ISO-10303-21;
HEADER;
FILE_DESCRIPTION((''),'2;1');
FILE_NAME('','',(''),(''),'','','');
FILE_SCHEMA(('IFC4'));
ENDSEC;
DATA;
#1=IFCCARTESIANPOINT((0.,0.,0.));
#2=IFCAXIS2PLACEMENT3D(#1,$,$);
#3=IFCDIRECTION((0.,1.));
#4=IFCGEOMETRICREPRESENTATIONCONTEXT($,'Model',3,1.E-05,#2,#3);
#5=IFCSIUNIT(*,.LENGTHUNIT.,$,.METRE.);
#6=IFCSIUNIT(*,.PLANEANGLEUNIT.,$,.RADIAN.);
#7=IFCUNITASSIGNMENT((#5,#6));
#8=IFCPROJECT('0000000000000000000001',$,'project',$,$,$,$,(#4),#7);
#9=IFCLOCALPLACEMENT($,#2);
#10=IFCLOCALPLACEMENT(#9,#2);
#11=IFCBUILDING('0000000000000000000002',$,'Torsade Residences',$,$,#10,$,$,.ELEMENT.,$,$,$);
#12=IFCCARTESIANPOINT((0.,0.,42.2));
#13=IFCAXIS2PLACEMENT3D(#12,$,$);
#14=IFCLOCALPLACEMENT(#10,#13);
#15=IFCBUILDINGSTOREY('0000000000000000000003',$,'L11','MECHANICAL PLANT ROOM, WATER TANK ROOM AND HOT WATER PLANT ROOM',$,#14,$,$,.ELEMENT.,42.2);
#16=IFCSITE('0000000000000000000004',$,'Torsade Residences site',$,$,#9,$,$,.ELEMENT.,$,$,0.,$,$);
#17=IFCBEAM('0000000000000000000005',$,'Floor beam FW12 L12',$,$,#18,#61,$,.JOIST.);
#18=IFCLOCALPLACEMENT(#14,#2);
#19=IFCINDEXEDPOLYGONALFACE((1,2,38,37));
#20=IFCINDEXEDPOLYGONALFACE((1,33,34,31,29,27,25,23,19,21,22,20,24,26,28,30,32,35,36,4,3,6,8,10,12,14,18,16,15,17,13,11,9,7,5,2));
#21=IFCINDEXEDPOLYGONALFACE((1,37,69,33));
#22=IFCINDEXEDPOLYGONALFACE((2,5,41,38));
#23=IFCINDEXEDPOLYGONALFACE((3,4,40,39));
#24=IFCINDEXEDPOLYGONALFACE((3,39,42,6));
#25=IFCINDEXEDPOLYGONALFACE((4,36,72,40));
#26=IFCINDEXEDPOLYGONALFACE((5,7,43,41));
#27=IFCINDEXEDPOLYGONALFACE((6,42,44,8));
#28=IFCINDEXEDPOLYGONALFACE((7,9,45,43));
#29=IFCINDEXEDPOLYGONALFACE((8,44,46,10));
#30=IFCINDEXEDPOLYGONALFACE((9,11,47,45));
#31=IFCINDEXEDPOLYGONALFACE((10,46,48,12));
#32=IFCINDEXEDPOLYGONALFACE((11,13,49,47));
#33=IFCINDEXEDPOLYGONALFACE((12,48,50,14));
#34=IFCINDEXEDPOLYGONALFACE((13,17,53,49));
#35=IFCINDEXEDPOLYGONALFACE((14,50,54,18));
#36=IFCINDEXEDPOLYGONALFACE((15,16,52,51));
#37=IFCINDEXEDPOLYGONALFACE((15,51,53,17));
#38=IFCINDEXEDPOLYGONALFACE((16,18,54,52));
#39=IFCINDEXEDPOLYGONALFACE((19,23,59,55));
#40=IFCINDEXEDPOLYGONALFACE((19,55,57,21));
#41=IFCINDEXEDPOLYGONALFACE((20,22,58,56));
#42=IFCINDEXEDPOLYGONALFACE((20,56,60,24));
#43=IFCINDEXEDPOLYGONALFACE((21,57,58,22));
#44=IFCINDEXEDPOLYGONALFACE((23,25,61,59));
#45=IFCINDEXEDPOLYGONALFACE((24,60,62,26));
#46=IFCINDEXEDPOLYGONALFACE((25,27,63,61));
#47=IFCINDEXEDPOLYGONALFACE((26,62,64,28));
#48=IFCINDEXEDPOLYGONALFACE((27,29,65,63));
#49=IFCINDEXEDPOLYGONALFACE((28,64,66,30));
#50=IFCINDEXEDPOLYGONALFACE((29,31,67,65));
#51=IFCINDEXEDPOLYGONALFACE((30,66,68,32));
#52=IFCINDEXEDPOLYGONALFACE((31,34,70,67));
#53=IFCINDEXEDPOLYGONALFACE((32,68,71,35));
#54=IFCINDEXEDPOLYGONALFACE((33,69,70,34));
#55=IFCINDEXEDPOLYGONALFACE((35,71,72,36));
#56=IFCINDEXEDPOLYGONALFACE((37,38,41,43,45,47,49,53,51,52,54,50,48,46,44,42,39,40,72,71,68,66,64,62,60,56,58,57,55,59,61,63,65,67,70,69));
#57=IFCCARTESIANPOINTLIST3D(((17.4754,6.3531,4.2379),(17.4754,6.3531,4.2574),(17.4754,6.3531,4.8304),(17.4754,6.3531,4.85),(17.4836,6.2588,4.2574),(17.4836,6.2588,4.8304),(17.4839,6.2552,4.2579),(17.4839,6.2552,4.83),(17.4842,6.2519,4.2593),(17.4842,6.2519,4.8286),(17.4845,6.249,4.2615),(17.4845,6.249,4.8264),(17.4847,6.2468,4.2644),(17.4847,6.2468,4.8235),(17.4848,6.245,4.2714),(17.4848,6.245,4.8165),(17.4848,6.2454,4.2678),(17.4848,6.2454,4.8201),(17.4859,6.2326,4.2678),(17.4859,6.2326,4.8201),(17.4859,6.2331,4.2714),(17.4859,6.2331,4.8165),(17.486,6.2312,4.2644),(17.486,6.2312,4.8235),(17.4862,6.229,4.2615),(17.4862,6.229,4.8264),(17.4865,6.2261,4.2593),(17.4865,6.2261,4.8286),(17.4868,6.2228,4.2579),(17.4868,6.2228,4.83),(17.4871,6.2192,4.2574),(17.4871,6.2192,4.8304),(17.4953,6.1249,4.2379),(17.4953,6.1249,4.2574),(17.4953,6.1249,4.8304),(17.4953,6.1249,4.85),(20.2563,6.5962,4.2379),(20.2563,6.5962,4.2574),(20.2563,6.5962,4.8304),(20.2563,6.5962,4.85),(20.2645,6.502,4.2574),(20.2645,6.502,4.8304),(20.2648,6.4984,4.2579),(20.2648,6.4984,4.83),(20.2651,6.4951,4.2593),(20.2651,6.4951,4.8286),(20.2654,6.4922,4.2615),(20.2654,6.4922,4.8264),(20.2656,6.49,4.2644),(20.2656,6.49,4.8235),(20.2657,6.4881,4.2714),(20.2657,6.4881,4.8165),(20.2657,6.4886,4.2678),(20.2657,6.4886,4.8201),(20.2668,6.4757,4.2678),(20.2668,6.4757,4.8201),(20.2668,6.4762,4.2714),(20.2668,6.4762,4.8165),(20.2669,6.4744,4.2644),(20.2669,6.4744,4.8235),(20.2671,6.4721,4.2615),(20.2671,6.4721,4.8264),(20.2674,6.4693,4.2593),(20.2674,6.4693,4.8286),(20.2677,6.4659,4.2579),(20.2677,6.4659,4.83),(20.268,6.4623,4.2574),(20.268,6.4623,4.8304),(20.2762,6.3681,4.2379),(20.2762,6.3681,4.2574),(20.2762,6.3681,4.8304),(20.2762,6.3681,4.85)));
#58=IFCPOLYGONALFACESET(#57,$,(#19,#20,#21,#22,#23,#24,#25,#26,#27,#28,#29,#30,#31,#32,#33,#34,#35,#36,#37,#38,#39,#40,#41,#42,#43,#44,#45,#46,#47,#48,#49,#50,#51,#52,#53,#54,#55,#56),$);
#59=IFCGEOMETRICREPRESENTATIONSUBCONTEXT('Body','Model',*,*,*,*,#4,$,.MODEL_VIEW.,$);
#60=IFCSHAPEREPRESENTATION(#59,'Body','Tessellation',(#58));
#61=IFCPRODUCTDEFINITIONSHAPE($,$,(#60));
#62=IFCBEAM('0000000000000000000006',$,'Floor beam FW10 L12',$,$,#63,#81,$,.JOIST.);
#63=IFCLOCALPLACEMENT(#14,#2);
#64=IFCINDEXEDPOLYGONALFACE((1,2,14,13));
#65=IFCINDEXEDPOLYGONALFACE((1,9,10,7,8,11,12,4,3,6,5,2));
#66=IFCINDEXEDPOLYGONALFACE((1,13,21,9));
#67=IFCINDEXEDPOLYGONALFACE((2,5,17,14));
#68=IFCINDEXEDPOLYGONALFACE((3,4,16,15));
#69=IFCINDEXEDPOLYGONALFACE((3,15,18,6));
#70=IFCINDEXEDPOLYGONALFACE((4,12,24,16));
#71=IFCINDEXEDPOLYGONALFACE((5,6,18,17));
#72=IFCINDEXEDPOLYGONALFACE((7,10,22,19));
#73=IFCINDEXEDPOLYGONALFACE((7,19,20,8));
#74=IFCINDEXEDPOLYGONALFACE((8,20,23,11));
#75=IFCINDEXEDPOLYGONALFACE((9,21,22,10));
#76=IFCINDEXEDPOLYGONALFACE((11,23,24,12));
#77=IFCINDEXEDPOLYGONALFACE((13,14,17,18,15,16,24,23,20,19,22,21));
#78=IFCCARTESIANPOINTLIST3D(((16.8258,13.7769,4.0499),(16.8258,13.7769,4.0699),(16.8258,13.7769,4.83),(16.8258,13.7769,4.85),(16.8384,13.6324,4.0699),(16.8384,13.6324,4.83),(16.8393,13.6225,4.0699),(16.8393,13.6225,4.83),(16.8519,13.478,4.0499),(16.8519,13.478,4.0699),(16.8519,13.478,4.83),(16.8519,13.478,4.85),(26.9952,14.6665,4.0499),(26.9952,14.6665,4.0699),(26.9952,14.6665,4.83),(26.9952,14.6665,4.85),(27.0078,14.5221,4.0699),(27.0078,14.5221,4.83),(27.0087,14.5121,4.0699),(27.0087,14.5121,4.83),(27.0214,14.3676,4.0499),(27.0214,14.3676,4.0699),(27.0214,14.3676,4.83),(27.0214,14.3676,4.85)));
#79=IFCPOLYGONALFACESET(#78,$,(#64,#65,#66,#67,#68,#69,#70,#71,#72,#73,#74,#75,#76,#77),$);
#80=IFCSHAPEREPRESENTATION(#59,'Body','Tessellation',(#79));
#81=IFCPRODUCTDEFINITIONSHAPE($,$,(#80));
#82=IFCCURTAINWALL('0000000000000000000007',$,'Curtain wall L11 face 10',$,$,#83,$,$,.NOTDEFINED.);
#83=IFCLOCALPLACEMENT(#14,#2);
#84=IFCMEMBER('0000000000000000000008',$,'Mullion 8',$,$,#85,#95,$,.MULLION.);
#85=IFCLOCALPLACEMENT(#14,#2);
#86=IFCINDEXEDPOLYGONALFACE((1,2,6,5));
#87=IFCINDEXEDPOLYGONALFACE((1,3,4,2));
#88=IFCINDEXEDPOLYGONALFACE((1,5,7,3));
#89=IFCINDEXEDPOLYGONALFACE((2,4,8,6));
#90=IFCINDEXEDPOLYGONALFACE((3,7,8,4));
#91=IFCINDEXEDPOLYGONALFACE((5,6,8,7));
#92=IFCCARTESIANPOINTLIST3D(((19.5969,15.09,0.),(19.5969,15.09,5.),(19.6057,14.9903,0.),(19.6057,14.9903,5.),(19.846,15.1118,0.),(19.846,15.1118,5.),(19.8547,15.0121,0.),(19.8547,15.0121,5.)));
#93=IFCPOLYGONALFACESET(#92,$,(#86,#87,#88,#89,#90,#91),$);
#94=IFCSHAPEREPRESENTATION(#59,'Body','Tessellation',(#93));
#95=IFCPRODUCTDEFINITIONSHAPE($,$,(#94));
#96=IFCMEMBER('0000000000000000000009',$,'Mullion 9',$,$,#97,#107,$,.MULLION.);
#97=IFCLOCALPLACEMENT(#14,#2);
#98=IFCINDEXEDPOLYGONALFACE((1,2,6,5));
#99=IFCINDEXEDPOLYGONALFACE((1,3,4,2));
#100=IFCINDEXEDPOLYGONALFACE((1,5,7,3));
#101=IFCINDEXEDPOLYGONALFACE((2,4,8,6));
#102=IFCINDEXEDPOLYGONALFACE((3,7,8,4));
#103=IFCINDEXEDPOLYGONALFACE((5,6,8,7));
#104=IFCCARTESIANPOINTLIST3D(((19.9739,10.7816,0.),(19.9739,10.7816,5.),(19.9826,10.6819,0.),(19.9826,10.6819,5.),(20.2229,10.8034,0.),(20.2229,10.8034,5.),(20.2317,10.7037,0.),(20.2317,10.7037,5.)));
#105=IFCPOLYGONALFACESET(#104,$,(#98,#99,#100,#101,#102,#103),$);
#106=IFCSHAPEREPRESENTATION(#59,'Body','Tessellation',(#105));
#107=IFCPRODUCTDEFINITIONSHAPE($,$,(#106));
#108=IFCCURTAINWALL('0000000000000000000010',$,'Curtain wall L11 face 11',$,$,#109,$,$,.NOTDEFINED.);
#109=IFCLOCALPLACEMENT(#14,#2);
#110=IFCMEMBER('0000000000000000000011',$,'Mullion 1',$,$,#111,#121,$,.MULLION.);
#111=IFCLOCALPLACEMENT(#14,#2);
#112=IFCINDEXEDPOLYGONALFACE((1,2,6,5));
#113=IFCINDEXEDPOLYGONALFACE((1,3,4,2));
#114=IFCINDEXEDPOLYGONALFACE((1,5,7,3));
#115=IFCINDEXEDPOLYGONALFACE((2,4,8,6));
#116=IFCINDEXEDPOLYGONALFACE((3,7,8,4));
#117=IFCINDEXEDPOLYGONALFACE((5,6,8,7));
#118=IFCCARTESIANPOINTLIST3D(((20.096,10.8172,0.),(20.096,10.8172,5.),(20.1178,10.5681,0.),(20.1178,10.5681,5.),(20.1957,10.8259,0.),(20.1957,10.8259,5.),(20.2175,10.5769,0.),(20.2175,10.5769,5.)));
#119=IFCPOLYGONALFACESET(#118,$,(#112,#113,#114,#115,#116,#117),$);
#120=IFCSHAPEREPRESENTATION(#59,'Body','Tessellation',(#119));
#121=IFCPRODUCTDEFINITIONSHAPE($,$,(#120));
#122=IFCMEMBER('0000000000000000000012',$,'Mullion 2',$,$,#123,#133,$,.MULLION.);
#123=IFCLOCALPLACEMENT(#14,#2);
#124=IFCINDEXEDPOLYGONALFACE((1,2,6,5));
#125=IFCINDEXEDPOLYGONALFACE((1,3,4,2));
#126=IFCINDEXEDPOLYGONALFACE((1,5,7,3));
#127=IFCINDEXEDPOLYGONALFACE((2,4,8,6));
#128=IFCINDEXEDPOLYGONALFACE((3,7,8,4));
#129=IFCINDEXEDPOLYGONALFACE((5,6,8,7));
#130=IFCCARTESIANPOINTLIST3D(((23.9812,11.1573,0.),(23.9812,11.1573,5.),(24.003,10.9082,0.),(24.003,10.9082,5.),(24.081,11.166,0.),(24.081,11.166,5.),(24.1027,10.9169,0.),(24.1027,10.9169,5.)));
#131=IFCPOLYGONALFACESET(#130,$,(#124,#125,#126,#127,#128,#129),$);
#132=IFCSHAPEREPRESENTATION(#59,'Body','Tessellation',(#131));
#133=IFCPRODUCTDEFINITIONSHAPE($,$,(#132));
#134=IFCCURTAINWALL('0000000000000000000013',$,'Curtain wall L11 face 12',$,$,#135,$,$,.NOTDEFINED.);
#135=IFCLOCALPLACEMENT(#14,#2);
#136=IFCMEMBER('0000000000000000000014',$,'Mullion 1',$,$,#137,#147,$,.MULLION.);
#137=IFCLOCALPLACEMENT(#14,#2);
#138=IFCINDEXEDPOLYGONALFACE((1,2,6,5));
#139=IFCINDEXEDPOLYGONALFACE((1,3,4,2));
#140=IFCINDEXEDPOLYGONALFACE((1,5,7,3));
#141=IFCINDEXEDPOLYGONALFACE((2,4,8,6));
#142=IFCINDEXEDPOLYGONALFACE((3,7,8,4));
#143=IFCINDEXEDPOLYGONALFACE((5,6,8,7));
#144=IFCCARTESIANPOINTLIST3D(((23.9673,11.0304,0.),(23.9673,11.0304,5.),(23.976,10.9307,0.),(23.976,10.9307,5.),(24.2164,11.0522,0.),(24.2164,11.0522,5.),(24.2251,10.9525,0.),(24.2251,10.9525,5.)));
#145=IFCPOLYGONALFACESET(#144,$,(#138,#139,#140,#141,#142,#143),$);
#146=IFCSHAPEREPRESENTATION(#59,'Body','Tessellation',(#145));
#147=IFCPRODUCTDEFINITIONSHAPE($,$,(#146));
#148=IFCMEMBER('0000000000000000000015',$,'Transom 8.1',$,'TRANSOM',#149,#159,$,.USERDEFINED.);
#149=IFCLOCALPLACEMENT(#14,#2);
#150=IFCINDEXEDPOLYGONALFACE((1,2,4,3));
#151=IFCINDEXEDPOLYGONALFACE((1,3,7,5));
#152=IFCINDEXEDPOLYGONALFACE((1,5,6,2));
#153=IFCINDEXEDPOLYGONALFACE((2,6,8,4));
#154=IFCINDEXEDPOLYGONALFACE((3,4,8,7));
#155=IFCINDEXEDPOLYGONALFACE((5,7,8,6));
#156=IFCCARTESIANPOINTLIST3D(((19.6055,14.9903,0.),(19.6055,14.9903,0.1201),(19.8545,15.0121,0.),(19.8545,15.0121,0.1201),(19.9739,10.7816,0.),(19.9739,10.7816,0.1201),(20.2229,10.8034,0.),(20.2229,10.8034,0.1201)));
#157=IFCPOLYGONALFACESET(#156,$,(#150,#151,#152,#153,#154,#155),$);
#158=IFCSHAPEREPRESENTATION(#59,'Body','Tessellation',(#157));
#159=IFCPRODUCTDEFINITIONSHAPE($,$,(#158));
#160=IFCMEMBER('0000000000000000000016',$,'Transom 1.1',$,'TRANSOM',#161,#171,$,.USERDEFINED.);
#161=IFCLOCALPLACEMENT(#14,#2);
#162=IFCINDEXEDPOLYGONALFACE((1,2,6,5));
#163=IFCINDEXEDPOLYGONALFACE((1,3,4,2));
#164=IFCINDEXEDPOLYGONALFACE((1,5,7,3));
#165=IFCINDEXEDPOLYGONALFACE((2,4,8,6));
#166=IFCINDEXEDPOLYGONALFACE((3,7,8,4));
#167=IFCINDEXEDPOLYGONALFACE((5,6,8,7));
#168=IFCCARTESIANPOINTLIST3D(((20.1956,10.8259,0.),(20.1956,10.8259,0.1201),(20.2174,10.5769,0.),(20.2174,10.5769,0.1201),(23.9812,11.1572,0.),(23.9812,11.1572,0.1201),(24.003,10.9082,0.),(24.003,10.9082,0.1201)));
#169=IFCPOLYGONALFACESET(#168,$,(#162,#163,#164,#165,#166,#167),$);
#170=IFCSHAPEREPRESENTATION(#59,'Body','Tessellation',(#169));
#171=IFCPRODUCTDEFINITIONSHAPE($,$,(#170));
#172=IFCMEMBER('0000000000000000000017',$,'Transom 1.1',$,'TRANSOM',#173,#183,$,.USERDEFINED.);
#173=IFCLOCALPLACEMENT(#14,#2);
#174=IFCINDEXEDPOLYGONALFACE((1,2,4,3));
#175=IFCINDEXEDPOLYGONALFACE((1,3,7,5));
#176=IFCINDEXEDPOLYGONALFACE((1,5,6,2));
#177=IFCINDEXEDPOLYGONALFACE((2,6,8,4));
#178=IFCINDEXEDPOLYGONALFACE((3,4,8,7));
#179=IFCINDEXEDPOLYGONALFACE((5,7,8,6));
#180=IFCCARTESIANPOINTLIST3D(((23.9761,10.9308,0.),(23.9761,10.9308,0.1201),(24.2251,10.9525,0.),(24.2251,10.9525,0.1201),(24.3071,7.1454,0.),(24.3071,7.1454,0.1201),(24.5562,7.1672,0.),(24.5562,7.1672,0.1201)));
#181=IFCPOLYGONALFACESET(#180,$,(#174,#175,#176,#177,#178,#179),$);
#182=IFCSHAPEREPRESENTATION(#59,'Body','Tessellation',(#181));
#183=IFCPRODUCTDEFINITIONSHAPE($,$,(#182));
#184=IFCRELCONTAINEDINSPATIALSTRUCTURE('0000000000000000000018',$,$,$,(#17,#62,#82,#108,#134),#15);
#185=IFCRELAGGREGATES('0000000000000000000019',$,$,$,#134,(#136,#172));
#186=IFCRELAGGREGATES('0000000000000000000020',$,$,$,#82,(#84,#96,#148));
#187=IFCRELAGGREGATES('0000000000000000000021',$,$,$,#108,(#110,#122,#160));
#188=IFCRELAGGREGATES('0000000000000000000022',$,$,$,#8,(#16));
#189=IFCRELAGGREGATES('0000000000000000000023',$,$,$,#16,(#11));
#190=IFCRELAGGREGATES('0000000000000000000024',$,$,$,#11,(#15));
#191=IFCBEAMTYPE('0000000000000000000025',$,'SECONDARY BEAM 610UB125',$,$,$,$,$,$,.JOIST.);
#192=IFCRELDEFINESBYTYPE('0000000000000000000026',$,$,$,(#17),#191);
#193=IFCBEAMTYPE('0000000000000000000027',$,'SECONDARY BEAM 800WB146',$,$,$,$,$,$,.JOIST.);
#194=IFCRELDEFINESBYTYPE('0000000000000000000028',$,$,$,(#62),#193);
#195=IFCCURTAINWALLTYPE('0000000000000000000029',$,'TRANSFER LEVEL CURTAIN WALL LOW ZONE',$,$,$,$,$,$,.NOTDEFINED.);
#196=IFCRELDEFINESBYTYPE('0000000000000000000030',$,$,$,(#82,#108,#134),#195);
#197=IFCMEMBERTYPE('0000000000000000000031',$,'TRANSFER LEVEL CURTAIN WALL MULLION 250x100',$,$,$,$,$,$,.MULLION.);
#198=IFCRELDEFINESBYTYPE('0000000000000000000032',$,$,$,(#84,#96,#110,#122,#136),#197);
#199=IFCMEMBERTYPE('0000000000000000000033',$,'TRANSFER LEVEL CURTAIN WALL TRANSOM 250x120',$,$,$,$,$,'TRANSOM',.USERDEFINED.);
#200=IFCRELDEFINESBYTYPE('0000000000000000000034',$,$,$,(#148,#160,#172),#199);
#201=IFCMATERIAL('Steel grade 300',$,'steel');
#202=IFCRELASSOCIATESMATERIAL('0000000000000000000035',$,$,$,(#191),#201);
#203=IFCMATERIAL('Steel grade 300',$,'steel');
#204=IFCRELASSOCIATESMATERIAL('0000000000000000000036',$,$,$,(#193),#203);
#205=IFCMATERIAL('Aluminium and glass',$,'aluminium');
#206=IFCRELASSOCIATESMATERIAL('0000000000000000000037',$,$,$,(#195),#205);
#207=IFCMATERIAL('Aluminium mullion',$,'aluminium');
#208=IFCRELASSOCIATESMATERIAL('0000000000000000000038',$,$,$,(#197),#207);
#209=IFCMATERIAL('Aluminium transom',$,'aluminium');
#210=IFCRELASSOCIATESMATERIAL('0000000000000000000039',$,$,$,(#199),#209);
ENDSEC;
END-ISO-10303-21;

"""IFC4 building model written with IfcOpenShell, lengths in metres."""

from ifc_helpers import new_model, si_unit, direction, frame, origin, origin_2d, place, context, subcontext, project, spatial, rectangle, i_section, extrude, material, material_profile, profile_set, type_object, element, aggregate, save


model = new_model("IFC4")

# Units and contexts
model_context = context("Model", 3, precision=1e-05, world=origin(), true_north=direction((0.0, 1.0)))
body_context = subcontext(model_context, "Body", "Model", "MODEL_VIEW")
ifc_project = project(units=[si_unit("LENGTHUNIT", "METRE"), si_unit("PLANEANGLEUNIT", "RADIAN")], contexts=[model_context])

# Site, building, storey
site_placement = place(None, origin())
site = spatial("IfcSite", under=ifc_project, at=site_placement, Name="Torsade Residences site", CompositionType="ELEMENT", RefElevation=0.0)
building_placement = place(site_placement, origin())
building = spatial("IfcBuilding", under=site, at=building_placement, Name="Torsade Residences", CompositionType="ELEMENT")
storey_placement = place(building_placement, frame((0.0, 0.0, 42.2)))
storey = spatial("IfcBuildingStorey", under=building, at=storey_placement, Name="L11", Description="MECHANICAL PLANT ROOM, WATER TANK ROOM AND HOT WATER PLANT ROOM", CompositionType="ELEMENT", Elevation=42.2)

# Beams
ifc_material_1 = material(Name="Steel grade 300", Category="steel")
ifc_material_profile_1 = material_profile(ifc_material_1, i_section(OverallWidth=0.229, OverallDepth=0.6121, WebThickness=0.012, FlangeThickness=0.0195, FilletRadius=0.0139, at=origin_2d()), Name="610UB125")
ifc_profile_set_1 = profile_set([ifc_material_profile_1], Name="Steel grade 300")
beam_type_1 = type_object("IfcBeamType", Name="SECONDARY BEAM 610UB125", PredefinedType="JOIST", material=ifc_profile_set_1)
beam_1_placement = place(storey_placement, frame((17.4854, 6.239, 4.5439), z_axis=(0.996199, 0.087105, 0.0), x_axis=(-0.087105, 0.996199, 0.0)))
element("IfcBeam", 1, at=beam_1_placement, inside=storey, type_object=beam_type_1, Name="Floor beam FW12 L12", PredefinedType="JOIST", context=body_context, shape_type="SweptSolid", body=[
    extrude(i_section(OverallWidth=0.229, OverallDepth=0.6121, WebThickness=0.012, FlangeThickness=0.0195, FilletRadius=0.0139, at=origin_2d()), origin(), (0.0, 0.0, 1.0), 2.7915),
])
ifc_material_2 = material(Name="Steel grade 300", Category="steel")
ifc_material_profile_2 = material_profile(ifc_material_2, i_section(OverallWidth=0.3, OverallDepth=0.8, WebThickness=0.01, FlangeThickness=0.02, at=origin_2d()), Name="800WB146")
ifc_profile_set_2 = profile_set([ifc_material_profile_2], Name="Steel grade 300")
beam_type_2 = type_object("IfcBeamType", Name="SECONDARY BEAM 800WB146", PredefinedType="JOIST", material=ifc_profile_set_2)
beam_2_placement = place(storey_placement, frame((16.8389, 13.6274, 4.45), z_axis=(0.996195, 0.08715, 0.0), x_axis=(-0.08715, 0.996195, 0.0)))
element("IfcBeam", 2, at=beam_2_placement, inside=storey, type_object=beam_type_2, Name="Floor beam FW10 L12", PredefinedType="JOIST", context=body_context, shape_type="SweptSolid", body=[
    extrude(i_section(OverallWidth=0.3, OverallDepth=0.8, WebThickness=0.01, FlangeThickness=0.02, at=origin_2d()), origin(), (0.0, 0.0, 1.0), 10.2083),
])

# Curtain walls, members
ifc_material_3 = material(Name="Aluminium and glass", Category="aluminium")
curtain_wall_type = type_object("IfcCurtainWallType", Name="TRANSFER LEVEL CURTAIN WALL LOW ZONE", PredefinedType="NOTDEFINED", material=ifc_material_3)
curtain_wall_1_placement = place(storey_placement, origin())
curtain_wall_1 = element("IfcCurtainWall", 3, at=curtain_wall_1_placement, inside=storey, type_object=curtain_wall_type, Name="Curtain wall L11 face 10", PredefinedType="NOTDEFINED")
ifc_material_4 = material(Name="Aluminium mullion", Category="aluminium")
ifc_material_profile_3 = material_profile(ifc_material_4, rectangle(XDim=0.25, YDim=0.1001, at=origin_2d()), Name="TRANSFER LEVEL CURTAIN WALL MULLION 250x100")
ifc_profile_set_3 = profile_set([ifc_material_profile_3], Name="Aluminium mullion")
member_type_1 = type_object("IfcMemberType", Name="TRANSFER LEVEL CURTAIN WALL MULLION 250x100", PredefinedType="MULLION", material=ifc_profile_set_3)
member_1_placement = place(storey_placement, frame((19.7258, 15.051, 0.0), z_axis=(0.0, 0.0, 1.0), x_axis=(0.996195, 0.087156, 0.0)))
member_1 = element("IfcMember", 4, at=member_1_placement, type_object=member_type_1, Name="Mullion 8", PredefinedType="MULLION", context=body_context, shape_type="SweptSolid", body=[
    extrude(rectangle(XDim=0.25, YDim=0.1001, at=origin_2d()), origin(), (0.0, 0.0, 1.0), 5.0),
])
member_2_placement = place(storey_placement, frame((20.1028, 10.7427, 0.0), z_axis=(0.0, 0.0, 1.0), x_axis=(0.996195, 0.087156, 0.0)))
member_2 = element("IfcMember", 5, at=member_2_placement, type_object=member_type_1, Name="Mullion 9", PredefinedType="MULLION", context=body_context, shape_type="SweptSolid", body=[
    extrude(rectangle(XDim=0.25, YDim=0.1001, at=origin_2d()), origin(), (0.0, 0.0, 1.0), 5.0),
])
curtain_wall_2_placement = place(storey_placement, origin())
curtain_wall_2 = element("IfcCurtainWall", 6, at=curtain_wall_2_placement, inside=storey, type_object=curtain_wall_type, Name="Curtain wall L11 face 11", PredefinedType="NOTDEFINED")
member_3_placement = place(storey_placement, frame((20.1567, 10.697, 0.0), z_axis=(0.0, 0.0, 1.0), x_axis=(-0.087156, 0.996195, 0.0)))
member_3 = element("IfcMember", 7, at=member_3_placement, type_object=member_type_1, Name="Mullion 1", PredefinedType="MULLION", context=body_context, shape_type="SweptSolid", body=[
    extrude(rectangle(XDim=0.25, YDim=0.1001, at=origin_2d()), origin(), (0.0, 0.0, 1.0), 5.0),
])
member_4_placement = place(storey_placement, frame((24.042, 11.0371, 0.0), z_axis=(0.0, 0.0, 1.0), x_axis=(-0.087156, 0.996195, 0.0)))
member_4 = element("IfcMember", 8, at=member_4_placement, type_object=member_type_1, Name="Mullion 2", PredefinedType="MULLION", context=body_context, shape_type="SweptSolid", body=[
    extrude(rectangle(XDim=0.25, YDim=0.1001, at=origin_2d()), origin(), (0.0, 0.0, 1.0), 5.0),
])

# Curtain wall, member
curtain_wall_3_placement = place(storey_placement, origin())
curtain_wall_3 = element("IfcCurtainWall", 9, at=curtain_wall_3_placement, inside=storey, type_object=curtain_wall_type, Name="Curtain wall L11 face 12", PredefinedType="NOTDEFINED")
member_5_placement = place(storey_placement, frame((24.0962, 10.9915, 0.0), z_axis=(0.0, 0.0, 1.0), x_axis=(0.996195, 0.087156, 0.0)))
member_5 = element("IfcMember", 10, at=member_5_placement, type_object=member_type_1, Name="Mullion 1", PredefinedType="MULLION", context=body_context, shape_type="SweptSolid", body=[
    extrude(rectangle(XDim=0.25, YDim=0.1001, at=origin_2d()), origin(), (0.0, 0.0, 1.0), 5.0),
])

# Members
ifc_material_5 = material(Name="Aluminium transom", Category="aluminium")
ifc_material_profile_4 = material_profile(ifc_material_5, rectangle(XDim=0.25, YDim=0.1201, at=origin_2d()), Name="TRANSFER LEVEL CURTAIN WALL TRANSOM 250x120")
ifc_profile_set_4 = profile_set([ifc_material_profile_4], Name="Aluminium transom")
member_type_2 = type_object("IfcMemberType", Name="TRANSFER LEVEL CURTAIN WALL TRANSOM 250x120", ElementType="TRANSOM", PredefinedType="USERDEFINED", material=ifc_profile_set_4)
member_6_placement = place(storey_placement, frame((19.73, 15.0012, 0.0601), z_axis=(0.087201, -0.996191, 0.0), x_axis=(0.996191, 0.087201, 0.0)))
member_6 = element("IfcMember", 11, at=member_6_placement, type_object=member_type_2, Name="Transom 8.1", ObjectType="TRANSOM", PredefinedType="USERDEFINED", context=body_context, shape_type="SweptSolid", body=[
    extrude(rectangle(XDim=0.25, YDim=0.1201, at=origin_2d()), origin(), (0.0, 0.0, 1.0), 4.2249),
])
member_7_placement = place(storey_placement, frame((20.2065, 10.7014, 0.0601), z_axis=(0.996192, 0.087181, 0.0), x_axis=(-0.087181, 0.996192, 0.0)))
member_7 = element("IfcMember", 12, at=member_7_placement, type_object=member_type_2, Name="Transom 1.1", ObjectType="TRANSOM", PredefinedType="USERDEFINED", context=body_context, shape_type="SweptSolid", body=[
    extrude(rectangle(XDim=0.25, YDim=0.1201, at=origin_2d()), origin(), (0.0, 0.0, 1.0), 3.8),
])
member_8_placement = place(storey_placement, frame((24.1006, 10.9417, 0.0601), z_axis=(0.087123, -0.996198, 0.0), x_axis=(0.996198, 0.087123, 0.0)))
member_8 = element("IfcMember", 13, at=member_8_placement, type_object=member_type_2, Name="Transom 1.1", ObjectType="TRANSOM", PredefinedType="USERDEFINED", context=body_context, shape_type="SweptSolid", body=[
    extrude(rectangle(XDim=0.25, YDim=0.1201, at=origin_2d()), origin(), (0.0, 0.0, 1.0), 3.7998),
])
aggregate(curtain_wall_3, [member_5, member_8])

aggregate(curtain_wall_1, [member_1, member_2, member_6])
aggregate(curtain_wall_2, [member_3, member_4, member_7])

save(model, "model.ifc")
